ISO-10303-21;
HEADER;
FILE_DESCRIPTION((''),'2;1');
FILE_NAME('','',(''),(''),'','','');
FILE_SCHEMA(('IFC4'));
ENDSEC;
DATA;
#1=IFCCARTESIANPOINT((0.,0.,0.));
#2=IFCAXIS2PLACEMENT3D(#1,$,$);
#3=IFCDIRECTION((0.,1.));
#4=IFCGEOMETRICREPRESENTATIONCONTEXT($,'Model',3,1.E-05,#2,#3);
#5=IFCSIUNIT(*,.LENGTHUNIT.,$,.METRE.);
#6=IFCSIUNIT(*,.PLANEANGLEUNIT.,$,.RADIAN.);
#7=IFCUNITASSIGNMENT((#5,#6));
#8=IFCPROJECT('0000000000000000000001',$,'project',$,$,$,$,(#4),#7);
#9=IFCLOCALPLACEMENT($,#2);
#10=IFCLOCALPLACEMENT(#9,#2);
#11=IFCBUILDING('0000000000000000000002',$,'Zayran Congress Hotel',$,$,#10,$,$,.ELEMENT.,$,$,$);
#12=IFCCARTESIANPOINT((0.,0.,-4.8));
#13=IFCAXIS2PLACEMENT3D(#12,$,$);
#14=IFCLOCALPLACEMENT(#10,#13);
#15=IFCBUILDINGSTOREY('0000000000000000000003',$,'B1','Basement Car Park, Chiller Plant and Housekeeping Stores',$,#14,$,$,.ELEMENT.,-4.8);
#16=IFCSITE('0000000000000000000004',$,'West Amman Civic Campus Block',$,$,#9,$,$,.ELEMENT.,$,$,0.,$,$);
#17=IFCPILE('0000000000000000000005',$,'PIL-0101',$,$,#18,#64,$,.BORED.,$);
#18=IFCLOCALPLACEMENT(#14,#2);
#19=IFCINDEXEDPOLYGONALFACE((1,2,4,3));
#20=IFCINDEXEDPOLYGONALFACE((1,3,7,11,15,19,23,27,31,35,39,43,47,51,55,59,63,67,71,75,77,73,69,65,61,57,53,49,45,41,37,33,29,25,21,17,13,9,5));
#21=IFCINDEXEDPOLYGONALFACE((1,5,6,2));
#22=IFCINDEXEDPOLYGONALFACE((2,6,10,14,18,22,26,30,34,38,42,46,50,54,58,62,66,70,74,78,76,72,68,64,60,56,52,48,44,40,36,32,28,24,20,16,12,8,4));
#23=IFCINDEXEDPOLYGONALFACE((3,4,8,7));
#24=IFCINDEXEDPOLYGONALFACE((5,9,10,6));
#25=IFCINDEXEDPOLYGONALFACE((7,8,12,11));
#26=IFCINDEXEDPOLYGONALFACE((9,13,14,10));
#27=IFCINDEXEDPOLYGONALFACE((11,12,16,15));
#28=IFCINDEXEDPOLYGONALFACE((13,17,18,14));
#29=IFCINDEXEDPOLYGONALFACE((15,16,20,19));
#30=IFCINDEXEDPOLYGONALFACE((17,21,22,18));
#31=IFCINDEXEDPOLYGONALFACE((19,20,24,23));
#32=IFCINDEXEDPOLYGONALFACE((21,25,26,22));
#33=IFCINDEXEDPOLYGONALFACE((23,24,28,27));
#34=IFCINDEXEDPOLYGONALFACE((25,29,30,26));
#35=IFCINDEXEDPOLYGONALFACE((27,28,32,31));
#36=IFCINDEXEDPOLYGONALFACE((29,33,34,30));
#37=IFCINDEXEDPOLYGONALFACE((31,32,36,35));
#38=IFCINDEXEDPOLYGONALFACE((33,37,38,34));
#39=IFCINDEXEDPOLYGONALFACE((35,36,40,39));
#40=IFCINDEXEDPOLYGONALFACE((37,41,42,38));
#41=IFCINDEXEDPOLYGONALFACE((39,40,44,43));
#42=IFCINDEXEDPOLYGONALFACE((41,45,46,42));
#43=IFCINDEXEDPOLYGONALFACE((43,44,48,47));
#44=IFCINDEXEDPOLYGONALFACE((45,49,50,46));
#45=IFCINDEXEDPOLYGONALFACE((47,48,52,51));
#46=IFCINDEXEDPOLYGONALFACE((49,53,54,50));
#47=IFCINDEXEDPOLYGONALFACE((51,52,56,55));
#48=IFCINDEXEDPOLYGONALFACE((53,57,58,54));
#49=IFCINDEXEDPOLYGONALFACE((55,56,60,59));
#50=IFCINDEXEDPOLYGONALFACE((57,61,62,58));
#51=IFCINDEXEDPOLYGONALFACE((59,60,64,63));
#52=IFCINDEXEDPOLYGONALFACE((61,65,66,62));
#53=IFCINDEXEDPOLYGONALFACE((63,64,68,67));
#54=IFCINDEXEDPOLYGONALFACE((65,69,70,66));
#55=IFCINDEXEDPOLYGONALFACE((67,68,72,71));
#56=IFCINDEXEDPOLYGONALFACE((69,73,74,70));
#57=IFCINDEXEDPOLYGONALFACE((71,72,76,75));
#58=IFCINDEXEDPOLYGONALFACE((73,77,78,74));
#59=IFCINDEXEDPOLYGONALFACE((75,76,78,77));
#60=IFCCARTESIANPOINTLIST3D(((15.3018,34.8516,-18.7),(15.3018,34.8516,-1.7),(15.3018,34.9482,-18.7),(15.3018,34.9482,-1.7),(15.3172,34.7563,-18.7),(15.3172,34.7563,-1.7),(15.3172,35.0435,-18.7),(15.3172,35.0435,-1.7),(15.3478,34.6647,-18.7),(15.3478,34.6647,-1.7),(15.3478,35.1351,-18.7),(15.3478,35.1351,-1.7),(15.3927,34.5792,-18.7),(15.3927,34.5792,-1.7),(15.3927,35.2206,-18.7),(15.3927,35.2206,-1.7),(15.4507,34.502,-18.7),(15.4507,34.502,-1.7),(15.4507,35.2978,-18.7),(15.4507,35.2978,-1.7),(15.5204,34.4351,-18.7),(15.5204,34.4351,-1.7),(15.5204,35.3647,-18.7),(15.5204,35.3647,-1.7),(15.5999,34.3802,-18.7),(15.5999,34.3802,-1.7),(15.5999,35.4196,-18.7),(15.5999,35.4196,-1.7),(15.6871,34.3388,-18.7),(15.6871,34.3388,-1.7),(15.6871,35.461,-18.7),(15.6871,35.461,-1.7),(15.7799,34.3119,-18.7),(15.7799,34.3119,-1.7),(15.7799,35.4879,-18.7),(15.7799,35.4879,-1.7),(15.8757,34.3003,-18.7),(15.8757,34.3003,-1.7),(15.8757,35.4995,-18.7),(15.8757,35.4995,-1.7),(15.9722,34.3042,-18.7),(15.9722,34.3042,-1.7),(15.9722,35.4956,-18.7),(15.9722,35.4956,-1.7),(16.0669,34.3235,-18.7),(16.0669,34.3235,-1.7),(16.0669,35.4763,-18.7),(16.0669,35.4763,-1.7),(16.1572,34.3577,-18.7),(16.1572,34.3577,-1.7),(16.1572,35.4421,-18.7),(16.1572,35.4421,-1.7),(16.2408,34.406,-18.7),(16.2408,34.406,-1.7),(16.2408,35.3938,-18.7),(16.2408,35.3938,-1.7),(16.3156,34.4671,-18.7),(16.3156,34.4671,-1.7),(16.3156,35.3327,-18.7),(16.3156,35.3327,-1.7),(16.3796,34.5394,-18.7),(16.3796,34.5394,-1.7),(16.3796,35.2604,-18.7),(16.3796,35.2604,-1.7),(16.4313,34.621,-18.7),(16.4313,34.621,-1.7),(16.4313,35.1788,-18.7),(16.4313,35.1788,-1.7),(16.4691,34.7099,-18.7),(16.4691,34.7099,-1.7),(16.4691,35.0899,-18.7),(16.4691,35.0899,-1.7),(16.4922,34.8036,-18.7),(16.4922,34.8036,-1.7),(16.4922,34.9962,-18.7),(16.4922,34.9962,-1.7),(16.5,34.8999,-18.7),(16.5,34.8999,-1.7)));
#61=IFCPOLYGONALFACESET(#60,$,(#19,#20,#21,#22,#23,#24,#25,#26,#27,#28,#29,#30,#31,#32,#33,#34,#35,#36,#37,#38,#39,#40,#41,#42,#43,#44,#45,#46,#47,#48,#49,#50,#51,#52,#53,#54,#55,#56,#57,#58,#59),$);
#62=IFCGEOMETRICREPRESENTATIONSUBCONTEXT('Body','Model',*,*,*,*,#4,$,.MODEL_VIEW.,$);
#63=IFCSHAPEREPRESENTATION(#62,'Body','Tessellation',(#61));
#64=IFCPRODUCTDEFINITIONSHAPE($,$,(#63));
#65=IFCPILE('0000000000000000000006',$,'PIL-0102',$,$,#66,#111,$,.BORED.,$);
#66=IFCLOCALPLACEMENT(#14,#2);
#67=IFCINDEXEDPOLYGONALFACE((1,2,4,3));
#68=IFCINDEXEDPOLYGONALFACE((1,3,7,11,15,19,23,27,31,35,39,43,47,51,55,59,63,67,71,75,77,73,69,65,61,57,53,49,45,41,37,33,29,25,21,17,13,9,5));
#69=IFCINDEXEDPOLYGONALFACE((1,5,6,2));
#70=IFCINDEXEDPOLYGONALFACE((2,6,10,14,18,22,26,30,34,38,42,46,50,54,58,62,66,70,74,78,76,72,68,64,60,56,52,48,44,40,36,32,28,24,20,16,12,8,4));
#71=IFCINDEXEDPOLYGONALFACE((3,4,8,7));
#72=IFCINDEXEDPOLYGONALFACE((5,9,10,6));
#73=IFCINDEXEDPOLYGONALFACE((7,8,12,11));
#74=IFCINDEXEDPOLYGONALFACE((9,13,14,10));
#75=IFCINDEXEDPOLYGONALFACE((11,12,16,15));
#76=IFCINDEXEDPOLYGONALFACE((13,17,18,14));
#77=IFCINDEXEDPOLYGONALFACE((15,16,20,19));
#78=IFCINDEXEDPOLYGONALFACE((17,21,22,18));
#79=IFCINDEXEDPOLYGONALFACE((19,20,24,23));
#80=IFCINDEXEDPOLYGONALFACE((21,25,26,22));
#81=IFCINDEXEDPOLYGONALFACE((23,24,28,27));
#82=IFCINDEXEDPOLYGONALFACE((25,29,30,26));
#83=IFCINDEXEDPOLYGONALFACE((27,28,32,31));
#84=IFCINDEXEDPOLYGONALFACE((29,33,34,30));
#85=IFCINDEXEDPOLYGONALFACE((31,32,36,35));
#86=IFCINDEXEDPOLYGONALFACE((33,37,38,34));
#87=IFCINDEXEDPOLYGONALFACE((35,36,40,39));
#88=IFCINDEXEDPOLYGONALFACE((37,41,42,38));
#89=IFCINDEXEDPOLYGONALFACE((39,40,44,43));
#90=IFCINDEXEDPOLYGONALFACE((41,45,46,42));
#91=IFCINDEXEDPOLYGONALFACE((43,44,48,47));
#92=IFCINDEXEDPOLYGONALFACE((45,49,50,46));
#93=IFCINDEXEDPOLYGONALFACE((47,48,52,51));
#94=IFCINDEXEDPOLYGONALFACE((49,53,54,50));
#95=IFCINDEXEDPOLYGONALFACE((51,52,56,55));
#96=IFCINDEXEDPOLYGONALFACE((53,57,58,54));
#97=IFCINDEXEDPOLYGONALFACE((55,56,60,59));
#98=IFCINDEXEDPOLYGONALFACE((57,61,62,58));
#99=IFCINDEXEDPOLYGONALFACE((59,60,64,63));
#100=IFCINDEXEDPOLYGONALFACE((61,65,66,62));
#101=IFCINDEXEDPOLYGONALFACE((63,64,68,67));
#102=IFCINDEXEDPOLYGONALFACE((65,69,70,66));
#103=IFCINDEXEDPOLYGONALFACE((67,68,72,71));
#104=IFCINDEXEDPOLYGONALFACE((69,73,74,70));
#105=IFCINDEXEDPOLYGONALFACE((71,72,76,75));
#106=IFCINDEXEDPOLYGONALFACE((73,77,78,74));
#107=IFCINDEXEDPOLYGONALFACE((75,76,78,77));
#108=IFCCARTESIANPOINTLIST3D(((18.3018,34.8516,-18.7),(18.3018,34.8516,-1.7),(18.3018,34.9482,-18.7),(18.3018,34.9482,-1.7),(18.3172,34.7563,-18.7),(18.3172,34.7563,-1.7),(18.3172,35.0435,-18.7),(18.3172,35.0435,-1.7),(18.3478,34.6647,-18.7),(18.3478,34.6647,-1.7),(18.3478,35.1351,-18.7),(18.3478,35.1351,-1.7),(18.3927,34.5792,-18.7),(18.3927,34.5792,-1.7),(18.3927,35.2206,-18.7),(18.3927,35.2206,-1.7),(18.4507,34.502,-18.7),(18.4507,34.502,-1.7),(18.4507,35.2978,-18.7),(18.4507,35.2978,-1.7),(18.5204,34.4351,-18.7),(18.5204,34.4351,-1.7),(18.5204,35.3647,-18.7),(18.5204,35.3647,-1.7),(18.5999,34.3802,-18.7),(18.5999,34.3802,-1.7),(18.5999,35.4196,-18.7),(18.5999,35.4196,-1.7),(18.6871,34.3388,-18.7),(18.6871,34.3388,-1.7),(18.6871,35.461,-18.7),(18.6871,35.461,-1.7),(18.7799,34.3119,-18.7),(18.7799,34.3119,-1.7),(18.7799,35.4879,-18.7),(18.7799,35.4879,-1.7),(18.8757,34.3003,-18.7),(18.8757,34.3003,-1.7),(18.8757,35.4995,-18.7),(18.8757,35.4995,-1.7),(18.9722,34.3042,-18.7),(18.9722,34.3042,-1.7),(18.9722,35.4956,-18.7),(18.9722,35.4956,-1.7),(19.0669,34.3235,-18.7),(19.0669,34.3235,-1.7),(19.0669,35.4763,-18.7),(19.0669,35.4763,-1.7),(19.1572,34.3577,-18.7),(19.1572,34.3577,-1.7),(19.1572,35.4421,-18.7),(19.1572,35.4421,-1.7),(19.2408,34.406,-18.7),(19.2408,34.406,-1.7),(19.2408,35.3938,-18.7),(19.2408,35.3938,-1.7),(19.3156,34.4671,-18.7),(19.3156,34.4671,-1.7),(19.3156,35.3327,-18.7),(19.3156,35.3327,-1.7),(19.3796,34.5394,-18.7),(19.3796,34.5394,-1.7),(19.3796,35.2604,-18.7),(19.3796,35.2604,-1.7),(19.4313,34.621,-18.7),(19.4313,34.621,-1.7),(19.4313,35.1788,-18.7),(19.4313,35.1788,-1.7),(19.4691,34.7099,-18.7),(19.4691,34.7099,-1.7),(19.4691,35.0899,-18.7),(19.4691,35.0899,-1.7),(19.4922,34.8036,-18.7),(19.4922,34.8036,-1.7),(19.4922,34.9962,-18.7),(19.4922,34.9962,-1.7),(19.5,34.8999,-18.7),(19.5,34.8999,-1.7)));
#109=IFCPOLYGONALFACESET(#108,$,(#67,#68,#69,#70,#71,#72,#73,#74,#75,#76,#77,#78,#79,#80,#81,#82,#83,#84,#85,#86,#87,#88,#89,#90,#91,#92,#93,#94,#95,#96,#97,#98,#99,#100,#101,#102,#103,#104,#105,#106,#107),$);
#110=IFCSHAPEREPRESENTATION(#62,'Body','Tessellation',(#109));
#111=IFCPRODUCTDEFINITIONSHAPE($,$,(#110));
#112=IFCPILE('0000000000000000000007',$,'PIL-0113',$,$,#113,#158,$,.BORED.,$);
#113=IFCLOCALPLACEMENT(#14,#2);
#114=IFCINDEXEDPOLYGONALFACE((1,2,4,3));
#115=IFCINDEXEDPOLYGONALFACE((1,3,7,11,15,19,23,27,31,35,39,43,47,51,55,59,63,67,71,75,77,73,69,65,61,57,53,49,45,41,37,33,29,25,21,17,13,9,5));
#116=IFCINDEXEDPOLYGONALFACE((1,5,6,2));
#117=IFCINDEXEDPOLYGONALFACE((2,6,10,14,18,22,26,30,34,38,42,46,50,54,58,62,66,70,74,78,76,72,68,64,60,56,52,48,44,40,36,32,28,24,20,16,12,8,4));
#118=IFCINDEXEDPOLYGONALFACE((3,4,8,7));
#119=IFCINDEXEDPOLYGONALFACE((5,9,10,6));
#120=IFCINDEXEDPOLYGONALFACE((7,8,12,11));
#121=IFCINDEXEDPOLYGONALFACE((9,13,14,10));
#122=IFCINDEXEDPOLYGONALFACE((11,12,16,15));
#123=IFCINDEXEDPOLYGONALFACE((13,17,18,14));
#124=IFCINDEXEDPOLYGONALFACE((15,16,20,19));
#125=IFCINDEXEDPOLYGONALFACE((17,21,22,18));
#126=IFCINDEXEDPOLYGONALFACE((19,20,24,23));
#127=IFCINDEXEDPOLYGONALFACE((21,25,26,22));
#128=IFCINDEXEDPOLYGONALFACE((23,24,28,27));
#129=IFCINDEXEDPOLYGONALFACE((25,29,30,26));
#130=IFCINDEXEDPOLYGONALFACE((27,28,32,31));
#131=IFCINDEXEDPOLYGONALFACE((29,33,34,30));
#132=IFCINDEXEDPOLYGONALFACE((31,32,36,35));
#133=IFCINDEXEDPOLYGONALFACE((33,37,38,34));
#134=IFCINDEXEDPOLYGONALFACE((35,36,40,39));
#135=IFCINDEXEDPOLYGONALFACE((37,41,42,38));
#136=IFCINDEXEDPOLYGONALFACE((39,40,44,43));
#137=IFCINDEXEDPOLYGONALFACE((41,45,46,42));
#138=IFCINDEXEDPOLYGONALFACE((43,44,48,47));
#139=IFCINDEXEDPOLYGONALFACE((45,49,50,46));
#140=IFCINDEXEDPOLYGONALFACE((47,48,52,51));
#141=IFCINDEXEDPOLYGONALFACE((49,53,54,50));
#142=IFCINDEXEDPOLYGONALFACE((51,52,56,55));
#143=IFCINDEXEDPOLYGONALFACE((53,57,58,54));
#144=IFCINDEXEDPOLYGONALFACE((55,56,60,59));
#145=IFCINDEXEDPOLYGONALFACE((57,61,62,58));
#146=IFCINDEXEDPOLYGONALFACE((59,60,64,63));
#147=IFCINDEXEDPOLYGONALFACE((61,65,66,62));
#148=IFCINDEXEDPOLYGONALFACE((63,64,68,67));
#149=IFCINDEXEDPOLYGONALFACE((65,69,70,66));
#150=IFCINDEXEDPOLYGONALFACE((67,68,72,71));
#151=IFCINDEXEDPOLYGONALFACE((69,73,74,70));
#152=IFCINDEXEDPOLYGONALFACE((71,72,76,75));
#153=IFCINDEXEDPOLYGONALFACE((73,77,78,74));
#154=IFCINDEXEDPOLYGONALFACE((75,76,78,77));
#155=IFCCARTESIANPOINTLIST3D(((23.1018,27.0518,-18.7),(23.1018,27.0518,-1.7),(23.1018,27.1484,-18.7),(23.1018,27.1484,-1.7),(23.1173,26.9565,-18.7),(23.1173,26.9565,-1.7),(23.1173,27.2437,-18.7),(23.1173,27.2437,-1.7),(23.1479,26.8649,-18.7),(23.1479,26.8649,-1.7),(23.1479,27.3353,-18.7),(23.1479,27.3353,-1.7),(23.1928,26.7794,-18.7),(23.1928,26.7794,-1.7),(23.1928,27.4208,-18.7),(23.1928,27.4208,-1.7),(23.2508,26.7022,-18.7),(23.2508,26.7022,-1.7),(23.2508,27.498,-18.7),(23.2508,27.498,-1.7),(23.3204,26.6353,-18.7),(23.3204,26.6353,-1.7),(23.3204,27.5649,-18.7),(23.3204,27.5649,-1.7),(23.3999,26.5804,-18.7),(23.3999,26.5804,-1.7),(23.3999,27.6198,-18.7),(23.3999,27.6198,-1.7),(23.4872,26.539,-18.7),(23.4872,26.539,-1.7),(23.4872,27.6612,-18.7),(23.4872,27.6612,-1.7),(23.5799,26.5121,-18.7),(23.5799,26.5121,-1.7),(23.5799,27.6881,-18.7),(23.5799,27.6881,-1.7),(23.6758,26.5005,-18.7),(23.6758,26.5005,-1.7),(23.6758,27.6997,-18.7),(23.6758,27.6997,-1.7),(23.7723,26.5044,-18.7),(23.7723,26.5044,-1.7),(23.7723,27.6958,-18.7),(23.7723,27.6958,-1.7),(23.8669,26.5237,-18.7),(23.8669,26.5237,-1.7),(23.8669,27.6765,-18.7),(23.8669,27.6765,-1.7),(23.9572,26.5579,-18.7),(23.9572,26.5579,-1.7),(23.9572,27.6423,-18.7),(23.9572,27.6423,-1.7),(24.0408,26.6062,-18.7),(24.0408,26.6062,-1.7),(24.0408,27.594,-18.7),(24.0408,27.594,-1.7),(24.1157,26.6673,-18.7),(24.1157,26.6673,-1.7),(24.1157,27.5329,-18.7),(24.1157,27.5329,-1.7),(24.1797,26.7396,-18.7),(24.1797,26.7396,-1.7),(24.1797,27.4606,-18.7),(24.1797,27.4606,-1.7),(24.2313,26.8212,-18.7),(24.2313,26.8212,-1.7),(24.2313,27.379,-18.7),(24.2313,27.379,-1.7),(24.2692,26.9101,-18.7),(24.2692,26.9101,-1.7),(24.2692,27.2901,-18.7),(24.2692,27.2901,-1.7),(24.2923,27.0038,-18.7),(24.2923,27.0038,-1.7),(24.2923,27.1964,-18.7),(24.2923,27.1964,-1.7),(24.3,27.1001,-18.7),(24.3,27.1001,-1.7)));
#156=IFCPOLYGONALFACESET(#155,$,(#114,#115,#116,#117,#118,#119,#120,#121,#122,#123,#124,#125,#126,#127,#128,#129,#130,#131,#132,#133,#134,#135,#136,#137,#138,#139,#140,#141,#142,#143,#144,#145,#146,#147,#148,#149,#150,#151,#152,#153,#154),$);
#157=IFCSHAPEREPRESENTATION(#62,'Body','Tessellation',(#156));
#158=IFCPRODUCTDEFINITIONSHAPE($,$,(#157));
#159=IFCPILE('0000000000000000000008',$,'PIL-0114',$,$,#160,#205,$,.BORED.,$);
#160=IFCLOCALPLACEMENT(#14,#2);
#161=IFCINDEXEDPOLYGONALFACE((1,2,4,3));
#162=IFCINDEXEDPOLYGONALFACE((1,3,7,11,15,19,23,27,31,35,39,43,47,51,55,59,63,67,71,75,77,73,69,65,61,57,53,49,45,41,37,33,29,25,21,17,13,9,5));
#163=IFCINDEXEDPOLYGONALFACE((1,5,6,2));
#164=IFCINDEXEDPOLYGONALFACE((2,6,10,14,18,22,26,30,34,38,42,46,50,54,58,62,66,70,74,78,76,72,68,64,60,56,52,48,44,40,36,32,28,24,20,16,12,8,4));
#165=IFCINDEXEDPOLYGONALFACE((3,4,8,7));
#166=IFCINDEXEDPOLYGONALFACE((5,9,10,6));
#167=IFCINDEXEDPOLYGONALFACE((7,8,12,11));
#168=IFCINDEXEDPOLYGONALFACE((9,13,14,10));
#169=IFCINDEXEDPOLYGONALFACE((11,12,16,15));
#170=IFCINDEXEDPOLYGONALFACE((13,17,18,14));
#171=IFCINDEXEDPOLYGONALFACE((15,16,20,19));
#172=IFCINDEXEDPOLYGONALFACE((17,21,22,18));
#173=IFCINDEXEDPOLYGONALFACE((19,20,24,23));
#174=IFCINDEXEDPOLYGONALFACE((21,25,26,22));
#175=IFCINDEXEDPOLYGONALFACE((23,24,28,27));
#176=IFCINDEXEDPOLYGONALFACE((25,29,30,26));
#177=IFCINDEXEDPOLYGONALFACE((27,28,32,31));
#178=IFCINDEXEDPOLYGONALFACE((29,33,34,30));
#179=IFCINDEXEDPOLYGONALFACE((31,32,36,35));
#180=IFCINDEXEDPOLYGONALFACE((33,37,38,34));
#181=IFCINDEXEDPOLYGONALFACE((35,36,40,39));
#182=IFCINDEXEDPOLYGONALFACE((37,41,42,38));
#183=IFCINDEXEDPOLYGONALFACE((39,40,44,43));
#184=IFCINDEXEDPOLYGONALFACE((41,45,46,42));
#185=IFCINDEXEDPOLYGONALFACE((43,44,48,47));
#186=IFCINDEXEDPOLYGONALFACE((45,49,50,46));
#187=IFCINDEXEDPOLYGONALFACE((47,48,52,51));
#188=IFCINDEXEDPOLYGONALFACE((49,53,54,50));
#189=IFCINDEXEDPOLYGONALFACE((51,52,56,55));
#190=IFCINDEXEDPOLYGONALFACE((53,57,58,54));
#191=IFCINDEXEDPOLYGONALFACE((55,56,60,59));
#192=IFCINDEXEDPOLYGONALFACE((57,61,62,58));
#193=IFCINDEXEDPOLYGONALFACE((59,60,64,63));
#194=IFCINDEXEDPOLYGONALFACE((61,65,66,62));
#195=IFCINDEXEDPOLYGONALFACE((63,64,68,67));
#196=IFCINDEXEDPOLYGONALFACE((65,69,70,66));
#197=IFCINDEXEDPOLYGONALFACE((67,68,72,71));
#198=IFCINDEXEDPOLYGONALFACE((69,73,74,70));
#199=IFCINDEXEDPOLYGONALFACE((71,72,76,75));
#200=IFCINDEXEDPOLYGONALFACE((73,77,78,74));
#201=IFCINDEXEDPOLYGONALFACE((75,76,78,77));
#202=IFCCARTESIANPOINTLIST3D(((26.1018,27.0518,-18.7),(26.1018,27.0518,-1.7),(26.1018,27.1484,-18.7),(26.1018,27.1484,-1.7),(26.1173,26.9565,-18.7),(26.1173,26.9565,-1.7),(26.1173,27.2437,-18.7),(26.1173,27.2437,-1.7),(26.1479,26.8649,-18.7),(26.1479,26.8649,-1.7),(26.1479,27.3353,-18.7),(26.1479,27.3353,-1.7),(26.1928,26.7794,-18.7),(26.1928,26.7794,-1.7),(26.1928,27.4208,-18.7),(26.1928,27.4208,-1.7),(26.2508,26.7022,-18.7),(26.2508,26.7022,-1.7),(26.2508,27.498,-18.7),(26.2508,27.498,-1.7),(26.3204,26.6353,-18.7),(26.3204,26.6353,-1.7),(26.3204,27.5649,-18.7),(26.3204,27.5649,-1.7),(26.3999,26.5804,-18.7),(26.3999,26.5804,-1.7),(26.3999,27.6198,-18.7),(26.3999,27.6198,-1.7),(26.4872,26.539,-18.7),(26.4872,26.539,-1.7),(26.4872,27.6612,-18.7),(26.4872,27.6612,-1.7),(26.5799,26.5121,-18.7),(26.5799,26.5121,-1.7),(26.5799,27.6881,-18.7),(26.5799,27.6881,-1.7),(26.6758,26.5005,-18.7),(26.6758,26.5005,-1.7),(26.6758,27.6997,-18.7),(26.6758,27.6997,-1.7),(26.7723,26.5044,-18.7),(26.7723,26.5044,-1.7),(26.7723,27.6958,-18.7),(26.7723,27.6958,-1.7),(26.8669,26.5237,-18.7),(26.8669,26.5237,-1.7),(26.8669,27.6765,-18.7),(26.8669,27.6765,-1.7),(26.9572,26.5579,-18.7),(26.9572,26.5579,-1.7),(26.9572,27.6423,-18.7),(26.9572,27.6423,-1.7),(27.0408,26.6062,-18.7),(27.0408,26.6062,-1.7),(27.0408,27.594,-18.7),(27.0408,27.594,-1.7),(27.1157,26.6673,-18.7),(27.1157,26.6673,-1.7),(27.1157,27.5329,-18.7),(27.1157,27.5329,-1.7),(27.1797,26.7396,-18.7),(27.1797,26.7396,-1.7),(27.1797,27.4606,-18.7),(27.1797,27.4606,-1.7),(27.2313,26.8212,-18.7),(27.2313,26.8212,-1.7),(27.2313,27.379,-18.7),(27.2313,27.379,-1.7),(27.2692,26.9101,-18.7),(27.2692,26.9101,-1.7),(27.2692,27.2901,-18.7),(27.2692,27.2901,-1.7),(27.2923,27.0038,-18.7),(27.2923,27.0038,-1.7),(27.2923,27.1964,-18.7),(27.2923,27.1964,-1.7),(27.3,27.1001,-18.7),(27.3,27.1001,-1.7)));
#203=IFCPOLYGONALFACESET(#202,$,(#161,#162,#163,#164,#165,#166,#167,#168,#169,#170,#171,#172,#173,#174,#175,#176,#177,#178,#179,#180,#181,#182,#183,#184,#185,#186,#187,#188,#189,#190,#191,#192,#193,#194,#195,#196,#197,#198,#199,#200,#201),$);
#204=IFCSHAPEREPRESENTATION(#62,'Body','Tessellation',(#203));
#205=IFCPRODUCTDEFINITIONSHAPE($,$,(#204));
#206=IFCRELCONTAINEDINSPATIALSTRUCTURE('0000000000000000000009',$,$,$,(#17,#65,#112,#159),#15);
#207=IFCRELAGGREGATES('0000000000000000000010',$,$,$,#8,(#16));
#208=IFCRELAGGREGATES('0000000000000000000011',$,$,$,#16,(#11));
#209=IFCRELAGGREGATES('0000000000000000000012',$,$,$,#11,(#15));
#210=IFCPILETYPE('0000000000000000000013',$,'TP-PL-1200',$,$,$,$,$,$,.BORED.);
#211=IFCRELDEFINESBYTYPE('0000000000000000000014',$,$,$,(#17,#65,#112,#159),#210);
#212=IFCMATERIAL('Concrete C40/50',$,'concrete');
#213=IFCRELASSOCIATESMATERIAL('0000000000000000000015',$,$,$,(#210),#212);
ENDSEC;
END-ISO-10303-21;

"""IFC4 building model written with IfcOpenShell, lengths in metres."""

from ifc_helpers import new_model, si_unit, direction, frame, origin, origin_2d, place, context, subcontext, project, spatial, circle, extrude, material, material_profile, profile_set, type_object, element, save


model = new_model("IFC4")

# Units and contexts
model_context = context("Model", 3, precision=1e-05, world=origin(), true_north=direction((0.0, 1.0)))
body_context = subcontext(model_context, "Body", "Model", "MODEL_VIEW")
ifc_project = project(units=[si_unit("LENGTHUNIT", "METRE"), si_unit("PLANEANGLEUNIT", "RADIAN")], contexts=[model_context])

# Site, building, storey
site_placement = place(None, origin())
site = spatial("IfcSite", under=ifc_project, at=site_placement, Name="West Amman Civic Campus Block", CompositionType="ELEMENT", RefElevation=0.0)
building_placement = place(site_placement, origin())
building = spatial("IfcBuilding", under=site, at=building_placement, Name="Zayran Congress Hotel", CompositionType="ELEMENT")
storey_placement = place(building_placement, frame((0.0, 0.0, -4.8)))
storey = spatial("IfcBuildingStorey", under=building, at=storey_placement, Name="B1", Description="Basement Car Park, Chiller Plant and Housekeeping Stores", CompositionType="ELEMENT", Elevation=-4.8)

# Piles
ifc_material = material(Name="Concrete C40/50", Category="concrete")
ifc_material_profile_1 = material_profile(ifc_material, circle(Radius=0.6001, at=origin_2d()), Name="PILE D1200")
ifc_profile_set_1 = profile_set([ifc_material_profile_1], Name="Concrete C40/50")
pile_type_1 = type_object("IfcPileType", Name="TP-PL-1200", PredefinedType="BORED", material=ifc_profile_set_1)
for number, where, z_axis, x_axis, name in (
    (1, (15.8999, 34.8999, -1.7), (0.0, 0.0, -1.0), (1.0, 0.0, 0.0), "PIL-0101"),
    (2, (18.8999, 34.8999, -1.7), (0.0, 0.0, -1.0), (1.0, 0.0, 0.0), "PIL-0102"),
    (3, (23.7, 27.1001, -1.7), (0.0, 0.0, -1.0), (1.0, 0.0, 0.0), "PIL-0113"),
    (4, (26.7, 27.1001, -1.7), (0.0, 0.0, -1.0), (1.0, 0.0, 0.0), "PIL-0114"),
):
    element("IfcPile", number, at=place(storey_placement, frame(where, z_axis=z_axis, x_axis=x_axis)), inside=storey, type_object=pile_type_1, Name=name, PredefinedType="BORED", context=body_context, shape_type="SweptSolid", body=[
        extrude(circle(Radius=0.6001, at=origin_2d()), origin(), (0.0, 0.0, 1.0), 17.0),
    ])

save(model, "model.ifc")
